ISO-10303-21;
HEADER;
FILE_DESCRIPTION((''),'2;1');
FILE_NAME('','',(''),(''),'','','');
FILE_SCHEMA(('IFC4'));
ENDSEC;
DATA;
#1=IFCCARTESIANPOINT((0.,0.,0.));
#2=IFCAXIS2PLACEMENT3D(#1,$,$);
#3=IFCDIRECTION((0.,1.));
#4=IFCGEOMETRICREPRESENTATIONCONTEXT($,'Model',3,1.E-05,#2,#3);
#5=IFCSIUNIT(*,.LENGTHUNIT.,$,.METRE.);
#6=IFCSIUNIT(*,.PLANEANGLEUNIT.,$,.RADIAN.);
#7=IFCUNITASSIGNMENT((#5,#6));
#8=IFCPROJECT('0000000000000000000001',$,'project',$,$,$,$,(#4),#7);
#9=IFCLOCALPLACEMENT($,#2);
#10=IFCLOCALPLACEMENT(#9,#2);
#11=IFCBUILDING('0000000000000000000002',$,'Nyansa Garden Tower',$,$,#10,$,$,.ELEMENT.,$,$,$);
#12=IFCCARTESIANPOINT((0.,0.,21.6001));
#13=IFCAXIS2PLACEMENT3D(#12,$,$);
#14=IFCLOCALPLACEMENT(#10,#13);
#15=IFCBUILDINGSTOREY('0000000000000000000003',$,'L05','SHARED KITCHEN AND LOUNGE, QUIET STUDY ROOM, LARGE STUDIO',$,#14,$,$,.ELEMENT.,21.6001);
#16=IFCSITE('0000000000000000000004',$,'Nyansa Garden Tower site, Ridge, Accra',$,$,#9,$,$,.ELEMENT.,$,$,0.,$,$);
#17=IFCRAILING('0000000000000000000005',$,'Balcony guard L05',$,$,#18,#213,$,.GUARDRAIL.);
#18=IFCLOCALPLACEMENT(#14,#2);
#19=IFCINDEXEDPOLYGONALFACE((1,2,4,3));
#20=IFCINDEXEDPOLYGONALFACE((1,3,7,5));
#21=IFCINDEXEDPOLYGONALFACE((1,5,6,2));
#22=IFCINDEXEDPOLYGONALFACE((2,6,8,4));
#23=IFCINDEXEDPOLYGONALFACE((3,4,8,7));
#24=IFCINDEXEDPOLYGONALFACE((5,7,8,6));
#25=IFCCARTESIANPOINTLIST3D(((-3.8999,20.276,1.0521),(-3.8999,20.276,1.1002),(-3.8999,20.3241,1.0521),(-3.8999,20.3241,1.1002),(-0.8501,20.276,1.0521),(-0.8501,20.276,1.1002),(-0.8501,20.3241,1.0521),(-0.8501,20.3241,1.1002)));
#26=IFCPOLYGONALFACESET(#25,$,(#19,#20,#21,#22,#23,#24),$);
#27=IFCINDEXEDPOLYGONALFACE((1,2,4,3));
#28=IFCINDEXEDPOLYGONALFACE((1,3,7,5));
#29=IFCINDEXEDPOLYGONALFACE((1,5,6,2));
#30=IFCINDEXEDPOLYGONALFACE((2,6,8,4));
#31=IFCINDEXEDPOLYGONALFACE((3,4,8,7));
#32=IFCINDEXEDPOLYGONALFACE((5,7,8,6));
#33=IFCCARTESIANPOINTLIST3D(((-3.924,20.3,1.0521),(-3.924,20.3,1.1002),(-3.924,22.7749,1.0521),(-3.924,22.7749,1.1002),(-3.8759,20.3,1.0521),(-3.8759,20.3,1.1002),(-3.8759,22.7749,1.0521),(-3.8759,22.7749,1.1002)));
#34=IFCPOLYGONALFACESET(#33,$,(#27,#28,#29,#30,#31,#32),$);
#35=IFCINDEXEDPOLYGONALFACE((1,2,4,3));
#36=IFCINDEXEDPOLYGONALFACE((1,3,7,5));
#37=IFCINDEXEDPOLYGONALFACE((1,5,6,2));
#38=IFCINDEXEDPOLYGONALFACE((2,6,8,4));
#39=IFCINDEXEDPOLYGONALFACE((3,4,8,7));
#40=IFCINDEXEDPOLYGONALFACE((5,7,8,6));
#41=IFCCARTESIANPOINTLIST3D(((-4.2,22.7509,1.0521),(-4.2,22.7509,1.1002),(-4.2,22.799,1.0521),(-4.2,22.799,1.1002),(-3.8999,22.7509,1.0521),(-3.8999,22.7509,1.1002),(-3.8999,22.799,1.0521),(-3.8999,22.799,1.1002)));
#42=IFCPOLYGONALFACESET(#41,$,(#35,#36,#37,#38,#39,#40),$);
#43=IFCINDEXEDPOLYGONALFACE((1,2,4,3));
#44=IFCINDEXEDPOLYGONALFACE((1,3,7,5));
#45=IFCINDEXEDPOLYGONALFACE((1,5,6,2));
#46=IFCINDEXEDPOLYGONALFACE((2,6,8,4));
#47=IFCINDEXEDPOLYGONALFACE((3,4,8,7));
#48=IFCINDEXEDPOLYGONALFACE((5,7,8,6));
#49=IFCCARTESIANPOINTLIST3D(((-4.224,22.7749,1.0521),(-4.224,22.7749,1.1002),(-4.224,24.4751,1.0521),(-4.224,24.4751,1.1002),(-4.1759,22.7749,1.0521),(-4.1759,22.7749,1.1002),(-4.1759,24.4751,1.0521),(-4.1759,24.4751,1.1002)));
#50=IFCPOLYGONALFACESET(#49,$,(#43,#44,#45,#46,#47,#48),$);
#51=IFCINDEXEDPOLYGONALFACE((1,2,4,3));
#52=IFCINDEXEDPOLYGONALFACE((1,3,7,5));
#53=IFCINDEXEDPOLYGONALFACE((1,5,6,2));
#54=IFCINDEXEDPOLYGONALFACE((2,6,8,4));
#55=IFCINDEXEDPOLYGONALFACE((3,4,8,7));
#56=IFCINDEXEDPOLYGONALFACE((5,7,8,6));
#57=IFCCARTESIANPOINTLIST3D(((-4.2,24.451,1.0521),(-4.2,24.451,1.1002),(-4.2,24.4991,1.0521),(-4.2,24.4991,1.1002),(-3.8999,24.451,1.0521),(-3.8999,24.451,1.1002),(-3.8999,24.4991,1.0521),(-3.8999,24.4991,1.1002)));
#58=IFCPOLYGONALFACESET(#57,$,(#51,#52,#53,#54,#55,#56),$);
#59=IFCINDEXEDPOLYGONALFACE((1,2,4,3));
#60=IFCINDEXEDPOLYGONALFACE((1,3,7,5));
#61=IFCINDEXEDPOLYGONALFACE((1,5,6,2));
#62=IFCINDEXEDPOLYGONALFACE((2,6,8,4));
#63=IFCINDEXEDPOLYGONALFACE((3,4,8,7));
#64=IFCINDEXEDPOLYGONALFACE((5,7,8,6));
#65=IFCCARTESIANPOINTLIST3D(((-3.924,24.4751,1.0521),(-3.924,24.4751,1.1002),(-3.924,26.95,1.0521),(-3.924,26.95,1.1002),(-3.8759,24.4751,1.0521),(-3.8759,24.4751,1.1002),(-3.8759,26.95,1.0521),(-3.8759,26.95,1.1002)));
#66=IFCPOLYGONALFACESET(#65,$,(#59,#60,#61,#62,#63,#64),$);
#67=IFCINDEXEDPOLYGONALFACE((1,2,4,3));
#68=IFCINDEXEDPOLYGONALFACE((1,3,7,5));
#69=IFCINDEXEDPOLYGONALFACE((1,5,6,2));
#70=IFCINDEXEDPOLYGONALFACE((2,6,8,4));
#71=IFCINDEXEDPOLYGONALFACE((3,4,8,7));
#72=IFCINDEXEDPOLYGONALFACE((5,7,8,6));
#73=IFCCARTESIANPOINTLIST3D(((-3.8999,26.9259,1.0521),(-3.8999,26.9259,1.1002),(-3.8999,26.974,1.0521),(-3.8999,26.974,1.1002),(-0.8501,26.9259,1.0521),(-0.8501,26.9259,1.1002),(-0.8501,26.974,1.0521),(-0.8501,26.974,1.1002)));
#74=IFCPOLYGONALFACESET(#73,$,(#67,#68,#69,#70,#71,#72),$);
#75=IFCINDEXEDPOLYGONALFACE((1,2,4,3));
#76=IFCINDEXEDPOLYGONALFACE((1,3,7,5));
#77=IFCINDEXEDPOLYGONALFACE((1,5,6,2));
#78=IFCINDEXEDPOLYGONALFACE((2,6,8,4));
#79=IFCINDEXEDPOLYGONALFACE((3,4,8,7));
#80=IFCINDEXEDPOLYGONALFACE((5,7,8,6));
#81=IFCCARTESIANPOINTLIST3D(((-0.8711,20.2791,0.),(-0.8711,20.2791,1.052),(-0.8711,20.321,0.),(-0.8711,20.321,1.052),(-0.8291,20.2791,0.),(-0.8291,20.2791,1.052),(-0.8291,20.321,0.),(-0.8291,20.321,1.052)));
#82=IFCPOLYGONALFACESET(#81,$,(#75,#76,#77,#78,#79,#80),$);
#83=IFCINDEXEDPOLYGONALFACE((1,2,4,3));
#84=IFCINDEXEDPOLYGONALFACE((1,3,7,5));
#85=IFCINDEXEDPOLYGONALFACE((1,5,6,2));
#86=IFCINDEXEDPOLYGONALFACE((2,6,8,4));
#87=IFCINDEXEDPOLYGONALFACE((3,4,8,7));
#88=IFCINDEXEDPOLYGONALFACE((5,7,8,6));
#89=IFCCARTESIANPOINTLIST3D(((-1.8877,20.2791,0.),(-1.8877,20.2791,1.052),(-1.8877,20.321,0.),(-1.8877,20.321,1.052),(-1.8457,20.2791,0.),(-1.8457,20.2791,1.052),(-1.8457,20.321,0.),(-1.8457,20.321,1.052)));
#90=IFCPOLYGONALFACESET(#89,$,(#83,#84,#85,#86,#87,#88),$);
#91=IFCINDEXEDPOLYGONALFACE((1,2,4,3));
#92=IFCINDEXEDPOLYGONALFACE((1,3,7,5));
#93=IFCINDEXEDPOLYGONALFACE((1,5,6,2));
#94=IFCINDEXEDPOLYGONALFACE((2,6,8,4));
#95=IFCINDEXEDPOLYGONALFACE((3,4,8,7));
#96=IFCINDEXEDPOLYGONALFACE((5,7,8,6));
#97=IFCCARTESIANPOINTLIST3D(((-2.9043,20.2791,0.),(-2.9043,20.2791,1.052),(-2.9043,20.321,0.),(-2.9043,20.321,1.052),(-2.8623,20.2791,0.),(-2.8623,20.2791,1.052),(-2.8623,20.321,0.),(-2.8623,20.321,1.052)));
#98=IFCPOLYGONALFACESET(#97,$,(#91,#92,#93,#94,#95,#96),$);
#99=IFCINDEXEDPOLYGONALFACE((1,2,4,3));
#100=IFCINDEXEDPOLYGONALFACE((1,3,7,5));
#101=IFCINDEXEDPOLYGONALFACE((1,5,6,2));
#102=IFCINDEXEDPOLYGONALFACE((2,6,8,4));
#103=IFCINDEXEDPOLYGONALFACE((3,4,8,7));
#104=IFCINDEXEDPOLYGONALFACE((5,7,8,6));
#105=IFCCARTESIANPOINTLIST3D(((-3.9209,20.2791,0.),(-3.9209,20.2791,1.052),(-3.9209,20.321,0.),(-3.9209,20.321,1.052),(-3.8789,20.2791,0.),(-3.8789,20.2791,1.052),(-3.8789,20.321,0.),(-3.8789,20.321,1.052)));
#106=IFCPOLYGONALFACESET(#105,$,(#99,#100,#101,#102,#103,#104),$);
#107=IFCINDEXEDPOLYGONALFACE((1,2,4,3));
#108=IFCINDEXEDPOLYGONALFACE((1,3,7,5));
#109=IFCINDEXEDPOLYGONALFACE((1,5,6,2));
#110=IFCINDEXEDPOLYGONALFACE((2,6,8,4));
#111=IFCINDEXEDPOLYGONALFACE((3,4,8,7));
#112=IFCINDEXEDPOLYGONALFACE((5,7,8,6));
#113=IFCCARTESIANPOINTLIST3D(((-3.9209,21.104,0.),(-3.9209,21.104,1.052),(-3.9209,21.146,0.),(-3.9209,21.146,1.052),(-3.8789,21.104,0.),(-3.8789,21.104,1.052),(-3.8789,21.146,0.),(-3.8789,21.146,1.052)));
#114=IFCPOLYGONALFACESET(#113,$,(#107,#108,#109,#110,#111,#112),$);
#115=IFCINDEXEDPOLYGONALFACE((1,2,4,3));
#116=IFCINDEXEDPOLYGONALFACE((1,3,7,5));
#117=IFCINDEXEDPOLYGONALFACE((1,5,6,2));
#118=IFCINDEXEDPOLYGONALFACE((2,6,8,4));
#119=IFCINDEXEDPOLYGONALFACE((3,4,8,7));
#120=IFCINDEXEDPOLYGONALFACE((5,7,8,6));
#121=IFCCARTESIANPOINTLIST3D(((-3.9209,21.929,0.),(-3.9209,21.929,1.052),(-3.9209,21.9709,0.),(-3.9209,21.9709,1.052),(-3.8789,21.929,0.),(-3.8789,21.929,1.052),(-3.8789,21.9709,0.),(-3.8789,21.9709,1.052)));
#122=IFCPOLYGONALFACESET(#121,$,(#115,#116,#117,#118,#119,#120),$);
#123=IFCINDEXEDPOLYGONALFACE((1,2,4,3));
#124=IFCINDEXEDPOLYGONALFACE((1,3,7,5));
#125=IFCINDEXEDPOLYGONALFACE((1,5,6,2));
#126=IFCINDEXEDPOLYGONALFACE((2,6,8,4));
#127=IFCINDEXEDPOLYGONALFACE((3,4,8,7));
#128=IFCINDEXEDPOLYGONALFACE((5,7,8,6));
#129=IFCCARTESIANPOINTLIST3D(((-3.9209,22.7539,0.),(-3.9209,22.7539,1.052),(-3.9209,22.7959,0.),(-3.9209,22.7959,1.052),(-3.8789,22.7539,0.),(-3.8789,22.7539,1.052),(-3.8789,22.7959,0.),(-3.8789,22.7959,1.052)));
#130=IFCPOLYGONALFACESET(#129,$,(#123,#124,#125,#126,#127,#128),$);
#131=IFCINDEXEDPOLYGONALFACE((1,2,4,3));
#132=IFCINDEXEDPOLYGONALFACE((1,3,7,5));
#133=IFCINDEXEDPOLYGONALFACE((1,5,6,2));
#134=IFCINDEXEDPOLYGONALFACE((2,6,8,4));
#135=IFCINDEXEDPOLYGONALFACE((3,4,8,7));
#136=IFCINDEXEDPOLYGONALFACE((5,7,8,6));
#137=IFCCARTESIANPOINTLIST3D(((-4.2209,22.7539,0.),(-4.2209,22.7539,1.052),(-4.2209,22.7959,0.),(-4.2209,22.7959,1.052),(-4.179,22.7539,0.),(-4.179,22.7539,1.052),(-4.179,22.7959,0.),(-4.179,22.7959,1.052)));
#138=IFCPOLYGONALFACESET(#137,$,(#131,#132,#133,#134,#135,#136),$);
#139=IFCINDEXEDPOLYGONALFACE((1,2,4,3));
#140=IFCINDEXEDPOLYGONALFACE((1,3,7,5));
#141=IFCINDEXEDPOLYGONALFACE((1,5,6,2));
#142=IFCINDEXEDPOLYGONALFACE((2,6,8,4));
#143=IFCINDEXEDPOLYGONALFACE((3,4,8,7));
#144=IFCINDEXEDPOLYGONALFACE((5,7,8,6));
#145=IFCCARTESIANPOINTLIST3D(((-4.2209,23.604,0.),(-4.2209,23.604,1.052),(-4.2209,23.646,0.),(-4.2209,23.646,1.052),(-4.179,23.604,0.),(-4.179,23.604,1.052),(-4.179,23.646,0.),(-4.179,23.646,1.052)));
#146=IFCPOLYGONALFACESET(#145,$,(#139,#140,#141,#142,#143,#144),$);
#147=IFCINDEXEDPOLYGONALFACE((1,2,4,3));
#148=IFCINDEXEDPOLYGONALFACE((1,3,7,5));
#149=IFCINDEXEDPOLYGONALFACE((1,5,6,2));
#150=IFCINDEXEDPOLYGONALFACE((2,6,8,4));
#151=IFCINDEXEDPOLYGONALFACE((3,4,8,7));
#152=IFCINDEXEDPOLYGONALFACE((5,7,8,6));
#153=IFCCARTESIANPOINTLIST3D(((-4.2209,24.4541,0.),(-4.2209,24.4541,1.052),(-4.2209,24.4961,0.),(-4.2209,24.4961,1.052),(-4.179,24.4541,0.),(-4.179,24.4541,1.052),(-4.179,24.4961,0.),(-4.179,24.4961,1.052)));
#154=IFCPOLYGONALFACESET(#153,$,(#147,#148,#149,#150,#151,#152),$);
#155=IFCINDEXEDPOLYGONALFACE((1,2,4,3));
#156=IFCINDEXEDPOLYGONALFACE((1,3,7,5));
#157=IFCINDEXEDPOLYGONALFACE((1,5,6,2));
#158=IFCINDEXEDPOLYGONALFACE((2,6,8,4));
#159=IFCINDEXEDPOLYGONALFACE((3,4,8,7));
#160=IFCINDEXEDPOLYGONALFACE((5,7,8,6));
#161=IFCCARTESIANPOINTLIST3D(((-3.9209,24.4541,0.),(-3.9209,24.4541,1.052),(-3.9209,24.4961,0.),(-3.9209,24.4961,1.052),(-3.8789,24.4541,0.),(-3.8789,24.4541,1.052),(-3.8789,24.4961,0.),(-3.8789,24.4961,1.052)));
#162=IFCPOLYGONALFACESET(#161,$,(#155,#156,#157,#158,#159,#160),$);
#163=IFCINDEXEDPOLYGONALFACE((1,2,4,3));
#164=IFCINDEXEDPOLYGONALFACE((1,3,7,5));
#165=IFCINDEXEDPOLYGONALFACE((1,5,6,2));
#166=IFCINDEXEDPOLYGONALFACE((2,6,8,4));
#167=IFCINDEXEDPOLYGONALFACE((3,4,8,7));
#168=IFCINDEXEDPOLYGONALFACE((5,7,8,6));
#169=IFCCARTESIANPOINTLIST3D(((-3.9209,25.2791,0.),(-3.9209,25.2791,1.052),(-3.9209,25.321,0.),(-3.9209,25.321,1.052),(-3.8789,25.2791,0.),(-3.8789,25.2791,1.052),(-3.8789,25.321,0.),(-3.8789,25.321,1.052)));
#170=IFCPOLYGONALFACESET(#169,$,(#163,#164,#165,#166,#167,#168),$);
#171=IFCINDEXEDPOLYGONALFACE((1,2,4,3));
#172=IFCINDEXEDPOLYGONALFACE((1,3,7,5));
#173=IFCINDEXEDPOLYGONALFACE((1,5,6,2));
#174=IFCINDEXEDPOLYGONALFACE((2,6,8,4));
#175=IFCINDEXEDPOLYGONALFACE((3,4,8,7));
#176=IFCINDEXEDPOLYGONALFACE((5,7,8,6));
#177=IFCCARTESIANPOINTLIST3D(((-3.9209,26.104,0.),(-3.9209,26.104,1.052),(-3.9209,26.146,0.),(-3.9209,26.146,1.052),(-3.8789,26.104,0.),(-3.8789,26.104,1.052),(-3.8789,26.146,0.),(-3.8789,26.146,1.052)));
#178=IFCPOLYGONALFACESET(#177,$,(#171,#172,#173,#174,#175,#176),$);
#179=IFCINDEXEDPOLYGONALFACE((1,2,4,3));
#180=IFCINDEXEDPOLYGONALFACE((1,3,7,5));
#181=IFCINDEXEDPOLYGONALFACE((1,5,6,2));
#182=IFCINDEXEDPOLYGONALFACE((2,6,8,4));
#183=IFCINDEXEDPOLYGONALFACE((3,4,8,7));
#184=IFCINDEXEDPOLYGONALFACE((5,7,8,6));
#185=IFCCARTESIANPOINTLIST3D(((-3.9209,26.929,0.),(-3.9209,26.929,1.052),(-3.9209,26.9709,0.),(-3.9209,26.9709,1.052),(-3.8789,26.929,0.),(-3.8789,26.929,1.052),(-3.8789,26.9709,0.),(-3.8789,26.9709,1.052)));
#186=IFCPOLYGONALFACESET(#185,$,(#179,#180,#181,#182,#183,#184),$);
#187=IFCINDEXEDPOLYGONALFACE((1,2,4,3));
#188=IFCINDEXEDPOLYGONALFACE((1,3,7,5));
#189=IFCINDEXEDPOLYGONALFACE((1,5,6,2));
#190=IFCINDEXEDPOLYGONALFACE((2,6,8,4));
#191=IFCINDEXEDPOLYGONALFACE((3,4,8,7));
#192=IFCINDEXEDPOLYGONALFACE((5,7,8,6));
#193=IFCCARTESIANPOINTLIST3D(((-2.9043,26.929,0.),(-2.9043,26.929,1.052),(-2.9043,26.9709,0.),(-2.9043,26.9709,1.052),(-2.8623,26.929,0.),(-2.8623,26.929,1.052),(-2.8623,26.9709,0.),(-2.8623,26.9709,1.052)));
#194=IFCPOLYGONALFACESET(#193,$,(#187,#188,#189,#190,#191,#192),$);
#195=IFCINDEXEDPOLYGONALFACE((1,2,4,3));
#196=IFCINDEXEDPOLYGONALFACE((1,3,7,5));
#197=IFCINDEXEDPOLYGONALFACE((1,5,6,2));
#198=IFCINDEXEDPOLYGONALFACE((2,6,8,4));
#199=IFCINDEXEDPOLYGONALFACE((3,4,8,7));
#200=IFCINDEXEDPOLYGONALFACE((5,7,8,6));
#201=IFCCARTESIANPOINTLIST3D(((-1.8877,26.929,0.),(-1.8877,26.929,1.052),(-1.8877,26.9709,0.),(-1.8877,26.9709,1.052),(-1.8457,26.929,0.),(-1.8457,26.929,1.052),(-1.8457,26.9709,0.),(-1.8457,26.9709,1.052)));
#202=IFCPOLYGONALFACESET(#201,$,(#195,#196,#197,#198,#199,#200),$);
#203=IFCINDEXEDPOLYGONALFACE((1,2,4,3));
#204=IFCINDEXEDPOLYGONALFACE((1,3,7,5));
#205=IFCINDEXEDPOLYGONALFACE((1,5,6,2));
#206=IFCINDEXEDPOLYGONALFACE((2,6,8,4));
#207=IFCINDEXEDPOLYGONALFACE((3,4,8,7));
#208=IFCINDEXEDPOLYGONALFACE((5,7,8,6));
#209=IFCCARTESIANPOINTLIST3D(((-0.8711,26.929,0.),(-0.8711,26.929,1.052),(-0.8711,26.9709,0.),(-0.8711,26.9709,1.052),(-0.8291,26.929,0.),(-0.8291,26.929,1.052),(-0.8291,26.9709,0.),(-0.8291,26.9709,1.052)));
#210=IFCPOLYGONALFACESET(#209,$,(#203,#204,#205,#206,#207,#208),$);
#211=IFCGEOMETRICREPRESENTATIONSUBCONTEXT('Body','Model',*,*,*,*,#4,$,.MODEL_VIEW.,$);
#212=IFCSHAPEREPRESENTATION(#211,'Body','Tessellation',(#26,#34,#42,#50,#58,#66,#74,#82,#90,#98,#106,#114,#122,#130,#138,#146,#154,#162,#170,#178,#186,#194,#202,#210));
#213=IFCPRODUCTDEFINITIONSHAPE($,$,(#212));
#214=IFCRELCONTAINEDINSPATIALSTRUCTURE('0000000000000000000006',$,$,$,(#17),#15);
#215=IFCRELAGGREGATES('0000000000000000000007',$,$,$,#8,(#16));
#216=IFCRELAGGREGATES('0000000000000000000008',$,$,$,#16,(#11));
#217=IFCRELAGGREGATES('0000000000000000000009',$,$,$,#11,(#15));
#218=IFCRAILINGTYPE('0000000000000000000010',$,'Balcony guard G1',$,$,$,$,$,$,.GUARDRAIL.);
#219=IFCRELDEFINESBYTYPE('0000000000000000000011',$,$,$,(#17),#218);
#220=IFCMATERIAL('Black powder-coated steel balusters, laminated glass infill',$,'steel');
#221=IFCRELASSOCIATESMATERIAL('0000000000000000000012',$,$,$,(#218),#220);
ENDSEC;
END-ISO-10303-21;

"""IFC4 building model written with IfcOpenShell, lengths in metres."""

from ifc_helpers import new_model, si_unit, direction, frame, origin, origin_2d, place, context, subcontext, project, spatial, rectangle, extrude, material, type_object, element, save


model = new_model("IFC4")

# Units and contexts
model_context = context("Model", 3, precision=1e-05, world=origin(), true_north=direction((0.0, 1.0)))
body_context = subcontext(model_context, "Body", "Model", "MODEL_VIEW")
ifc_project = project(units=[si_unit("LENGTHUNIT", "METRE"), si_unit("PLANEANGLEUNIT", "RADIAN")], contexts=[model_context])

# Site, building, storey
site_placement = place(None, origin())
site = spatial("IfcSite", under=ifc_project, at=site_placement, Name="Nyansa Garden Tower site, Ridge, Accra", CompositionType="ELEMENT", RefElevation=0.0)
building_placement = place(site_placement, origin())
building = spatial("IfcBuilding", under=site, at=building_placement, Name="Nyansa Garden Tower", CompositionType="ELEMENT")
storey_placement = place(building_placement, frame((0.0, 0.0, 21.6001)))
storey = spatial("IfcBuildingStorey", under=building, at=storey_placement, Name="L05", Description="SHARED KITCHEN AND LOUNGE, QUIET STUDY ROOM, LARGE STUDIO", CompositionType="ELEMENT", Elevation=21.6001)

# Railing
ifc_material_1 = material(Name="Black powder-coated steel balusters, laminated glass infill", Category="steel")
railing_type = type_object("IfcRailingType", Name="Balcony guard G1", PredefinedType="GUARDRAIL", material=ifc_material_1)
railing_placement = place(storey_placement, frame((-0.8501, 20.3, 0.0)))
element("IfcRailing", 1, at=railing_placement, inside=storey, type_object=railing_type, Name="Balcony guard L05", PredefinedType="GUARDRAIL", context=body_context, shape_type="SweptSolid", body=[
    extrude(rectangle(XDim=0.0481, YDim=0.0481, at=origin_2d()), frame((0.0, 0.0, 1.0762), z_axis=(-1.0, 0.0, 0.0), x_axis=(0.0, -1.0, 0.0)), (0.0, 0.0, 1.0), 3.0498),
    extrude(rectangle(XDim=0.0481, YDim=0.0481, at=origin_2d()), frame((-3.0498, 0.0, 1.0762), z_axis=(0.0, 1.0, 0.0), x_axis=(-1.0, 0.0, 0.0)), (0.0, 0.0, 1.0), 2.4749),
    extrude(rectangle(XDim=0.0481, YDim=0.0481, at=origin_2d()), frame((-3.0498, 2.4749, 1.0762), z_axis=(-1.0, 0.0, 0.0), x_axis=(0.0, -1.0, 0.0)), (0.0, 0.0, 1.0), 0.3),
    extrude(rectangle(XDim=0.0481, YDim=0.0481, at=origin_2d()), frame((-3.3499, 2.4749, 1.0762), z_axis=(0.0, 1.0, 0.0), x_axis=(-1.0, 0.0, 0.0)), (0.0, 0.0, 1.0), 1.7002),
    extrude(rectangle(XDim=0.0481, YDim=0.0481, at=origin_2d()), frame((-3.3499, 4.175, 1.0762), z_axis=(1.0, 0.0, 0.0), x_axis=(0.0, 1.0, 0.0)), (0.0, 0.0, 1.0), 0.3),
    extrude(rectangle(XDim=0.0481, YDim=0.0481, at=origin_2d()), frame((-3.0498, 4.175, 1.0762), z_axis=(0.0, 1.0, 0.0), x_axis=(-1.0, 0.0, 0.0)), (0.0, 0.0, 1.0), 2.4749),
    extrude(rectangle(XDim=0.0481, YDim=0.0481, at=origin_2d()), frame((-3.0498, 6.6499, 1.0762), z_axis=(1.0, 0.0, 0.0), x_axis=(0.0, 1.0, 0.0)), (0.0, 0.0, 1.0), 3.0498),
    extrude(rectangle(XDim=0.042, YDim=0.042, at=origin_2d()), origin(), (0.0, 0.0, 1.0), 1.052),
    extrude(rectangle(XDim=0.042, YDim=0.042, at=origin_2d()), frame((-1.0166, 0.0, 0.0)), (0.0, 0.0, 1.0), 1.052),
    extrude(rectangle(XDim=0.042, YDim=0.042, at=origin_2d()), frame((-2.0332, 0.0, 0.0)), (0.0, 0.0, 1.0), 1.052),
    extrude(rectangle(XDim=0.042, YDim=0.042, at=origin_2d()), frame((-3.0498, 0.0, 0.0)), (0.0, 0.0, 1.0), 1.052),
    extrude(rectangle(XDim=0.042, YDim=0.042, at=origin_2d()), frame((-3.0498, 0.825, 0.0)), (0.0, 0.0, 1.0), 1.052),
    extrude(rectangle(XDim=0.042, YDim=0.042, at=origin_2d()), frame((-3.0498, 1.6499, 0.0)), (0.0, 0.0, 1.0), 1.052),
    extrude(rectangle(XDim=0.042, YDim=0.042, at=origin_2d()), frame((-3.0498, 2.4749, 0.0)), (0.0, 0.0, 1.0), 1.052),
    extrude(rectangle(XDim=0.042, YDim=0.042, at=origin_2d()), frame((-3.3499, 2.4749, 0.0)), (0.0, 0.0, 1.0), 1.052),
    extrude(rectangle(XDim=0.042, YDim=0.042, at=origin_2d()), frame((-3.3499, 3.325, 0.0)), (0.0, 0.0, 1.0), 1.052),
    extrude(rectangle(XDim=0.042, YDim=0.042, at=origin_2d()), frame((-3.3499, 4.175, 0.0)), (0.0, 0.0, 1.0), 1.052),
    extrude(rectangle(XDim=0.042, YDim=0.042, at=origin_2d()), frame((-3.0498, 4.175, 0.0)), (0.0, 0.0, 1.0), 1.052),
    extrude(rectangle(XDim=0.042, YDim=0.042, at=origin_2d()), frame((-3.0498, 5.0, 0.0)), (0.0, 0.0, 1.0), 1.052),
    extrude(rectangle(XDim=0.042, YDim=0.042, at=origin_2d()), frame((-3.0498, 5.825, 0.0)), (0.0, 0.0, 1.0), 1.052),
    extrude(rectangle(XDim=0.042, YDim=0.042, at=origin_2d()), frame((-3.0498, 6.6499, 0.0)), (0.0, 0.0, 1.0), 1.052),
    extrude(rectangle(XDim=0.042, YDim=0.042, at=origin_2d()), frame((-2.0332, 6.6499, 0.0)), (0.0, 0.0, 1.0), 1.052),
    extrude(rectangle(XDim=0.042, YDim=0.042, at=origin_2d()), frame((-1.0166, 6.6499, 0.0)), (0.0, 0.0, 1.0), 1.052),
    extrude(rectangle(XDim=0.042, YDim=0.042, at=origin_2d()), frame((0.0, 6.6499, 0.0)), (0.0, 0.0, 1.0), 1.052),
])

save(model, "model.ifc")
